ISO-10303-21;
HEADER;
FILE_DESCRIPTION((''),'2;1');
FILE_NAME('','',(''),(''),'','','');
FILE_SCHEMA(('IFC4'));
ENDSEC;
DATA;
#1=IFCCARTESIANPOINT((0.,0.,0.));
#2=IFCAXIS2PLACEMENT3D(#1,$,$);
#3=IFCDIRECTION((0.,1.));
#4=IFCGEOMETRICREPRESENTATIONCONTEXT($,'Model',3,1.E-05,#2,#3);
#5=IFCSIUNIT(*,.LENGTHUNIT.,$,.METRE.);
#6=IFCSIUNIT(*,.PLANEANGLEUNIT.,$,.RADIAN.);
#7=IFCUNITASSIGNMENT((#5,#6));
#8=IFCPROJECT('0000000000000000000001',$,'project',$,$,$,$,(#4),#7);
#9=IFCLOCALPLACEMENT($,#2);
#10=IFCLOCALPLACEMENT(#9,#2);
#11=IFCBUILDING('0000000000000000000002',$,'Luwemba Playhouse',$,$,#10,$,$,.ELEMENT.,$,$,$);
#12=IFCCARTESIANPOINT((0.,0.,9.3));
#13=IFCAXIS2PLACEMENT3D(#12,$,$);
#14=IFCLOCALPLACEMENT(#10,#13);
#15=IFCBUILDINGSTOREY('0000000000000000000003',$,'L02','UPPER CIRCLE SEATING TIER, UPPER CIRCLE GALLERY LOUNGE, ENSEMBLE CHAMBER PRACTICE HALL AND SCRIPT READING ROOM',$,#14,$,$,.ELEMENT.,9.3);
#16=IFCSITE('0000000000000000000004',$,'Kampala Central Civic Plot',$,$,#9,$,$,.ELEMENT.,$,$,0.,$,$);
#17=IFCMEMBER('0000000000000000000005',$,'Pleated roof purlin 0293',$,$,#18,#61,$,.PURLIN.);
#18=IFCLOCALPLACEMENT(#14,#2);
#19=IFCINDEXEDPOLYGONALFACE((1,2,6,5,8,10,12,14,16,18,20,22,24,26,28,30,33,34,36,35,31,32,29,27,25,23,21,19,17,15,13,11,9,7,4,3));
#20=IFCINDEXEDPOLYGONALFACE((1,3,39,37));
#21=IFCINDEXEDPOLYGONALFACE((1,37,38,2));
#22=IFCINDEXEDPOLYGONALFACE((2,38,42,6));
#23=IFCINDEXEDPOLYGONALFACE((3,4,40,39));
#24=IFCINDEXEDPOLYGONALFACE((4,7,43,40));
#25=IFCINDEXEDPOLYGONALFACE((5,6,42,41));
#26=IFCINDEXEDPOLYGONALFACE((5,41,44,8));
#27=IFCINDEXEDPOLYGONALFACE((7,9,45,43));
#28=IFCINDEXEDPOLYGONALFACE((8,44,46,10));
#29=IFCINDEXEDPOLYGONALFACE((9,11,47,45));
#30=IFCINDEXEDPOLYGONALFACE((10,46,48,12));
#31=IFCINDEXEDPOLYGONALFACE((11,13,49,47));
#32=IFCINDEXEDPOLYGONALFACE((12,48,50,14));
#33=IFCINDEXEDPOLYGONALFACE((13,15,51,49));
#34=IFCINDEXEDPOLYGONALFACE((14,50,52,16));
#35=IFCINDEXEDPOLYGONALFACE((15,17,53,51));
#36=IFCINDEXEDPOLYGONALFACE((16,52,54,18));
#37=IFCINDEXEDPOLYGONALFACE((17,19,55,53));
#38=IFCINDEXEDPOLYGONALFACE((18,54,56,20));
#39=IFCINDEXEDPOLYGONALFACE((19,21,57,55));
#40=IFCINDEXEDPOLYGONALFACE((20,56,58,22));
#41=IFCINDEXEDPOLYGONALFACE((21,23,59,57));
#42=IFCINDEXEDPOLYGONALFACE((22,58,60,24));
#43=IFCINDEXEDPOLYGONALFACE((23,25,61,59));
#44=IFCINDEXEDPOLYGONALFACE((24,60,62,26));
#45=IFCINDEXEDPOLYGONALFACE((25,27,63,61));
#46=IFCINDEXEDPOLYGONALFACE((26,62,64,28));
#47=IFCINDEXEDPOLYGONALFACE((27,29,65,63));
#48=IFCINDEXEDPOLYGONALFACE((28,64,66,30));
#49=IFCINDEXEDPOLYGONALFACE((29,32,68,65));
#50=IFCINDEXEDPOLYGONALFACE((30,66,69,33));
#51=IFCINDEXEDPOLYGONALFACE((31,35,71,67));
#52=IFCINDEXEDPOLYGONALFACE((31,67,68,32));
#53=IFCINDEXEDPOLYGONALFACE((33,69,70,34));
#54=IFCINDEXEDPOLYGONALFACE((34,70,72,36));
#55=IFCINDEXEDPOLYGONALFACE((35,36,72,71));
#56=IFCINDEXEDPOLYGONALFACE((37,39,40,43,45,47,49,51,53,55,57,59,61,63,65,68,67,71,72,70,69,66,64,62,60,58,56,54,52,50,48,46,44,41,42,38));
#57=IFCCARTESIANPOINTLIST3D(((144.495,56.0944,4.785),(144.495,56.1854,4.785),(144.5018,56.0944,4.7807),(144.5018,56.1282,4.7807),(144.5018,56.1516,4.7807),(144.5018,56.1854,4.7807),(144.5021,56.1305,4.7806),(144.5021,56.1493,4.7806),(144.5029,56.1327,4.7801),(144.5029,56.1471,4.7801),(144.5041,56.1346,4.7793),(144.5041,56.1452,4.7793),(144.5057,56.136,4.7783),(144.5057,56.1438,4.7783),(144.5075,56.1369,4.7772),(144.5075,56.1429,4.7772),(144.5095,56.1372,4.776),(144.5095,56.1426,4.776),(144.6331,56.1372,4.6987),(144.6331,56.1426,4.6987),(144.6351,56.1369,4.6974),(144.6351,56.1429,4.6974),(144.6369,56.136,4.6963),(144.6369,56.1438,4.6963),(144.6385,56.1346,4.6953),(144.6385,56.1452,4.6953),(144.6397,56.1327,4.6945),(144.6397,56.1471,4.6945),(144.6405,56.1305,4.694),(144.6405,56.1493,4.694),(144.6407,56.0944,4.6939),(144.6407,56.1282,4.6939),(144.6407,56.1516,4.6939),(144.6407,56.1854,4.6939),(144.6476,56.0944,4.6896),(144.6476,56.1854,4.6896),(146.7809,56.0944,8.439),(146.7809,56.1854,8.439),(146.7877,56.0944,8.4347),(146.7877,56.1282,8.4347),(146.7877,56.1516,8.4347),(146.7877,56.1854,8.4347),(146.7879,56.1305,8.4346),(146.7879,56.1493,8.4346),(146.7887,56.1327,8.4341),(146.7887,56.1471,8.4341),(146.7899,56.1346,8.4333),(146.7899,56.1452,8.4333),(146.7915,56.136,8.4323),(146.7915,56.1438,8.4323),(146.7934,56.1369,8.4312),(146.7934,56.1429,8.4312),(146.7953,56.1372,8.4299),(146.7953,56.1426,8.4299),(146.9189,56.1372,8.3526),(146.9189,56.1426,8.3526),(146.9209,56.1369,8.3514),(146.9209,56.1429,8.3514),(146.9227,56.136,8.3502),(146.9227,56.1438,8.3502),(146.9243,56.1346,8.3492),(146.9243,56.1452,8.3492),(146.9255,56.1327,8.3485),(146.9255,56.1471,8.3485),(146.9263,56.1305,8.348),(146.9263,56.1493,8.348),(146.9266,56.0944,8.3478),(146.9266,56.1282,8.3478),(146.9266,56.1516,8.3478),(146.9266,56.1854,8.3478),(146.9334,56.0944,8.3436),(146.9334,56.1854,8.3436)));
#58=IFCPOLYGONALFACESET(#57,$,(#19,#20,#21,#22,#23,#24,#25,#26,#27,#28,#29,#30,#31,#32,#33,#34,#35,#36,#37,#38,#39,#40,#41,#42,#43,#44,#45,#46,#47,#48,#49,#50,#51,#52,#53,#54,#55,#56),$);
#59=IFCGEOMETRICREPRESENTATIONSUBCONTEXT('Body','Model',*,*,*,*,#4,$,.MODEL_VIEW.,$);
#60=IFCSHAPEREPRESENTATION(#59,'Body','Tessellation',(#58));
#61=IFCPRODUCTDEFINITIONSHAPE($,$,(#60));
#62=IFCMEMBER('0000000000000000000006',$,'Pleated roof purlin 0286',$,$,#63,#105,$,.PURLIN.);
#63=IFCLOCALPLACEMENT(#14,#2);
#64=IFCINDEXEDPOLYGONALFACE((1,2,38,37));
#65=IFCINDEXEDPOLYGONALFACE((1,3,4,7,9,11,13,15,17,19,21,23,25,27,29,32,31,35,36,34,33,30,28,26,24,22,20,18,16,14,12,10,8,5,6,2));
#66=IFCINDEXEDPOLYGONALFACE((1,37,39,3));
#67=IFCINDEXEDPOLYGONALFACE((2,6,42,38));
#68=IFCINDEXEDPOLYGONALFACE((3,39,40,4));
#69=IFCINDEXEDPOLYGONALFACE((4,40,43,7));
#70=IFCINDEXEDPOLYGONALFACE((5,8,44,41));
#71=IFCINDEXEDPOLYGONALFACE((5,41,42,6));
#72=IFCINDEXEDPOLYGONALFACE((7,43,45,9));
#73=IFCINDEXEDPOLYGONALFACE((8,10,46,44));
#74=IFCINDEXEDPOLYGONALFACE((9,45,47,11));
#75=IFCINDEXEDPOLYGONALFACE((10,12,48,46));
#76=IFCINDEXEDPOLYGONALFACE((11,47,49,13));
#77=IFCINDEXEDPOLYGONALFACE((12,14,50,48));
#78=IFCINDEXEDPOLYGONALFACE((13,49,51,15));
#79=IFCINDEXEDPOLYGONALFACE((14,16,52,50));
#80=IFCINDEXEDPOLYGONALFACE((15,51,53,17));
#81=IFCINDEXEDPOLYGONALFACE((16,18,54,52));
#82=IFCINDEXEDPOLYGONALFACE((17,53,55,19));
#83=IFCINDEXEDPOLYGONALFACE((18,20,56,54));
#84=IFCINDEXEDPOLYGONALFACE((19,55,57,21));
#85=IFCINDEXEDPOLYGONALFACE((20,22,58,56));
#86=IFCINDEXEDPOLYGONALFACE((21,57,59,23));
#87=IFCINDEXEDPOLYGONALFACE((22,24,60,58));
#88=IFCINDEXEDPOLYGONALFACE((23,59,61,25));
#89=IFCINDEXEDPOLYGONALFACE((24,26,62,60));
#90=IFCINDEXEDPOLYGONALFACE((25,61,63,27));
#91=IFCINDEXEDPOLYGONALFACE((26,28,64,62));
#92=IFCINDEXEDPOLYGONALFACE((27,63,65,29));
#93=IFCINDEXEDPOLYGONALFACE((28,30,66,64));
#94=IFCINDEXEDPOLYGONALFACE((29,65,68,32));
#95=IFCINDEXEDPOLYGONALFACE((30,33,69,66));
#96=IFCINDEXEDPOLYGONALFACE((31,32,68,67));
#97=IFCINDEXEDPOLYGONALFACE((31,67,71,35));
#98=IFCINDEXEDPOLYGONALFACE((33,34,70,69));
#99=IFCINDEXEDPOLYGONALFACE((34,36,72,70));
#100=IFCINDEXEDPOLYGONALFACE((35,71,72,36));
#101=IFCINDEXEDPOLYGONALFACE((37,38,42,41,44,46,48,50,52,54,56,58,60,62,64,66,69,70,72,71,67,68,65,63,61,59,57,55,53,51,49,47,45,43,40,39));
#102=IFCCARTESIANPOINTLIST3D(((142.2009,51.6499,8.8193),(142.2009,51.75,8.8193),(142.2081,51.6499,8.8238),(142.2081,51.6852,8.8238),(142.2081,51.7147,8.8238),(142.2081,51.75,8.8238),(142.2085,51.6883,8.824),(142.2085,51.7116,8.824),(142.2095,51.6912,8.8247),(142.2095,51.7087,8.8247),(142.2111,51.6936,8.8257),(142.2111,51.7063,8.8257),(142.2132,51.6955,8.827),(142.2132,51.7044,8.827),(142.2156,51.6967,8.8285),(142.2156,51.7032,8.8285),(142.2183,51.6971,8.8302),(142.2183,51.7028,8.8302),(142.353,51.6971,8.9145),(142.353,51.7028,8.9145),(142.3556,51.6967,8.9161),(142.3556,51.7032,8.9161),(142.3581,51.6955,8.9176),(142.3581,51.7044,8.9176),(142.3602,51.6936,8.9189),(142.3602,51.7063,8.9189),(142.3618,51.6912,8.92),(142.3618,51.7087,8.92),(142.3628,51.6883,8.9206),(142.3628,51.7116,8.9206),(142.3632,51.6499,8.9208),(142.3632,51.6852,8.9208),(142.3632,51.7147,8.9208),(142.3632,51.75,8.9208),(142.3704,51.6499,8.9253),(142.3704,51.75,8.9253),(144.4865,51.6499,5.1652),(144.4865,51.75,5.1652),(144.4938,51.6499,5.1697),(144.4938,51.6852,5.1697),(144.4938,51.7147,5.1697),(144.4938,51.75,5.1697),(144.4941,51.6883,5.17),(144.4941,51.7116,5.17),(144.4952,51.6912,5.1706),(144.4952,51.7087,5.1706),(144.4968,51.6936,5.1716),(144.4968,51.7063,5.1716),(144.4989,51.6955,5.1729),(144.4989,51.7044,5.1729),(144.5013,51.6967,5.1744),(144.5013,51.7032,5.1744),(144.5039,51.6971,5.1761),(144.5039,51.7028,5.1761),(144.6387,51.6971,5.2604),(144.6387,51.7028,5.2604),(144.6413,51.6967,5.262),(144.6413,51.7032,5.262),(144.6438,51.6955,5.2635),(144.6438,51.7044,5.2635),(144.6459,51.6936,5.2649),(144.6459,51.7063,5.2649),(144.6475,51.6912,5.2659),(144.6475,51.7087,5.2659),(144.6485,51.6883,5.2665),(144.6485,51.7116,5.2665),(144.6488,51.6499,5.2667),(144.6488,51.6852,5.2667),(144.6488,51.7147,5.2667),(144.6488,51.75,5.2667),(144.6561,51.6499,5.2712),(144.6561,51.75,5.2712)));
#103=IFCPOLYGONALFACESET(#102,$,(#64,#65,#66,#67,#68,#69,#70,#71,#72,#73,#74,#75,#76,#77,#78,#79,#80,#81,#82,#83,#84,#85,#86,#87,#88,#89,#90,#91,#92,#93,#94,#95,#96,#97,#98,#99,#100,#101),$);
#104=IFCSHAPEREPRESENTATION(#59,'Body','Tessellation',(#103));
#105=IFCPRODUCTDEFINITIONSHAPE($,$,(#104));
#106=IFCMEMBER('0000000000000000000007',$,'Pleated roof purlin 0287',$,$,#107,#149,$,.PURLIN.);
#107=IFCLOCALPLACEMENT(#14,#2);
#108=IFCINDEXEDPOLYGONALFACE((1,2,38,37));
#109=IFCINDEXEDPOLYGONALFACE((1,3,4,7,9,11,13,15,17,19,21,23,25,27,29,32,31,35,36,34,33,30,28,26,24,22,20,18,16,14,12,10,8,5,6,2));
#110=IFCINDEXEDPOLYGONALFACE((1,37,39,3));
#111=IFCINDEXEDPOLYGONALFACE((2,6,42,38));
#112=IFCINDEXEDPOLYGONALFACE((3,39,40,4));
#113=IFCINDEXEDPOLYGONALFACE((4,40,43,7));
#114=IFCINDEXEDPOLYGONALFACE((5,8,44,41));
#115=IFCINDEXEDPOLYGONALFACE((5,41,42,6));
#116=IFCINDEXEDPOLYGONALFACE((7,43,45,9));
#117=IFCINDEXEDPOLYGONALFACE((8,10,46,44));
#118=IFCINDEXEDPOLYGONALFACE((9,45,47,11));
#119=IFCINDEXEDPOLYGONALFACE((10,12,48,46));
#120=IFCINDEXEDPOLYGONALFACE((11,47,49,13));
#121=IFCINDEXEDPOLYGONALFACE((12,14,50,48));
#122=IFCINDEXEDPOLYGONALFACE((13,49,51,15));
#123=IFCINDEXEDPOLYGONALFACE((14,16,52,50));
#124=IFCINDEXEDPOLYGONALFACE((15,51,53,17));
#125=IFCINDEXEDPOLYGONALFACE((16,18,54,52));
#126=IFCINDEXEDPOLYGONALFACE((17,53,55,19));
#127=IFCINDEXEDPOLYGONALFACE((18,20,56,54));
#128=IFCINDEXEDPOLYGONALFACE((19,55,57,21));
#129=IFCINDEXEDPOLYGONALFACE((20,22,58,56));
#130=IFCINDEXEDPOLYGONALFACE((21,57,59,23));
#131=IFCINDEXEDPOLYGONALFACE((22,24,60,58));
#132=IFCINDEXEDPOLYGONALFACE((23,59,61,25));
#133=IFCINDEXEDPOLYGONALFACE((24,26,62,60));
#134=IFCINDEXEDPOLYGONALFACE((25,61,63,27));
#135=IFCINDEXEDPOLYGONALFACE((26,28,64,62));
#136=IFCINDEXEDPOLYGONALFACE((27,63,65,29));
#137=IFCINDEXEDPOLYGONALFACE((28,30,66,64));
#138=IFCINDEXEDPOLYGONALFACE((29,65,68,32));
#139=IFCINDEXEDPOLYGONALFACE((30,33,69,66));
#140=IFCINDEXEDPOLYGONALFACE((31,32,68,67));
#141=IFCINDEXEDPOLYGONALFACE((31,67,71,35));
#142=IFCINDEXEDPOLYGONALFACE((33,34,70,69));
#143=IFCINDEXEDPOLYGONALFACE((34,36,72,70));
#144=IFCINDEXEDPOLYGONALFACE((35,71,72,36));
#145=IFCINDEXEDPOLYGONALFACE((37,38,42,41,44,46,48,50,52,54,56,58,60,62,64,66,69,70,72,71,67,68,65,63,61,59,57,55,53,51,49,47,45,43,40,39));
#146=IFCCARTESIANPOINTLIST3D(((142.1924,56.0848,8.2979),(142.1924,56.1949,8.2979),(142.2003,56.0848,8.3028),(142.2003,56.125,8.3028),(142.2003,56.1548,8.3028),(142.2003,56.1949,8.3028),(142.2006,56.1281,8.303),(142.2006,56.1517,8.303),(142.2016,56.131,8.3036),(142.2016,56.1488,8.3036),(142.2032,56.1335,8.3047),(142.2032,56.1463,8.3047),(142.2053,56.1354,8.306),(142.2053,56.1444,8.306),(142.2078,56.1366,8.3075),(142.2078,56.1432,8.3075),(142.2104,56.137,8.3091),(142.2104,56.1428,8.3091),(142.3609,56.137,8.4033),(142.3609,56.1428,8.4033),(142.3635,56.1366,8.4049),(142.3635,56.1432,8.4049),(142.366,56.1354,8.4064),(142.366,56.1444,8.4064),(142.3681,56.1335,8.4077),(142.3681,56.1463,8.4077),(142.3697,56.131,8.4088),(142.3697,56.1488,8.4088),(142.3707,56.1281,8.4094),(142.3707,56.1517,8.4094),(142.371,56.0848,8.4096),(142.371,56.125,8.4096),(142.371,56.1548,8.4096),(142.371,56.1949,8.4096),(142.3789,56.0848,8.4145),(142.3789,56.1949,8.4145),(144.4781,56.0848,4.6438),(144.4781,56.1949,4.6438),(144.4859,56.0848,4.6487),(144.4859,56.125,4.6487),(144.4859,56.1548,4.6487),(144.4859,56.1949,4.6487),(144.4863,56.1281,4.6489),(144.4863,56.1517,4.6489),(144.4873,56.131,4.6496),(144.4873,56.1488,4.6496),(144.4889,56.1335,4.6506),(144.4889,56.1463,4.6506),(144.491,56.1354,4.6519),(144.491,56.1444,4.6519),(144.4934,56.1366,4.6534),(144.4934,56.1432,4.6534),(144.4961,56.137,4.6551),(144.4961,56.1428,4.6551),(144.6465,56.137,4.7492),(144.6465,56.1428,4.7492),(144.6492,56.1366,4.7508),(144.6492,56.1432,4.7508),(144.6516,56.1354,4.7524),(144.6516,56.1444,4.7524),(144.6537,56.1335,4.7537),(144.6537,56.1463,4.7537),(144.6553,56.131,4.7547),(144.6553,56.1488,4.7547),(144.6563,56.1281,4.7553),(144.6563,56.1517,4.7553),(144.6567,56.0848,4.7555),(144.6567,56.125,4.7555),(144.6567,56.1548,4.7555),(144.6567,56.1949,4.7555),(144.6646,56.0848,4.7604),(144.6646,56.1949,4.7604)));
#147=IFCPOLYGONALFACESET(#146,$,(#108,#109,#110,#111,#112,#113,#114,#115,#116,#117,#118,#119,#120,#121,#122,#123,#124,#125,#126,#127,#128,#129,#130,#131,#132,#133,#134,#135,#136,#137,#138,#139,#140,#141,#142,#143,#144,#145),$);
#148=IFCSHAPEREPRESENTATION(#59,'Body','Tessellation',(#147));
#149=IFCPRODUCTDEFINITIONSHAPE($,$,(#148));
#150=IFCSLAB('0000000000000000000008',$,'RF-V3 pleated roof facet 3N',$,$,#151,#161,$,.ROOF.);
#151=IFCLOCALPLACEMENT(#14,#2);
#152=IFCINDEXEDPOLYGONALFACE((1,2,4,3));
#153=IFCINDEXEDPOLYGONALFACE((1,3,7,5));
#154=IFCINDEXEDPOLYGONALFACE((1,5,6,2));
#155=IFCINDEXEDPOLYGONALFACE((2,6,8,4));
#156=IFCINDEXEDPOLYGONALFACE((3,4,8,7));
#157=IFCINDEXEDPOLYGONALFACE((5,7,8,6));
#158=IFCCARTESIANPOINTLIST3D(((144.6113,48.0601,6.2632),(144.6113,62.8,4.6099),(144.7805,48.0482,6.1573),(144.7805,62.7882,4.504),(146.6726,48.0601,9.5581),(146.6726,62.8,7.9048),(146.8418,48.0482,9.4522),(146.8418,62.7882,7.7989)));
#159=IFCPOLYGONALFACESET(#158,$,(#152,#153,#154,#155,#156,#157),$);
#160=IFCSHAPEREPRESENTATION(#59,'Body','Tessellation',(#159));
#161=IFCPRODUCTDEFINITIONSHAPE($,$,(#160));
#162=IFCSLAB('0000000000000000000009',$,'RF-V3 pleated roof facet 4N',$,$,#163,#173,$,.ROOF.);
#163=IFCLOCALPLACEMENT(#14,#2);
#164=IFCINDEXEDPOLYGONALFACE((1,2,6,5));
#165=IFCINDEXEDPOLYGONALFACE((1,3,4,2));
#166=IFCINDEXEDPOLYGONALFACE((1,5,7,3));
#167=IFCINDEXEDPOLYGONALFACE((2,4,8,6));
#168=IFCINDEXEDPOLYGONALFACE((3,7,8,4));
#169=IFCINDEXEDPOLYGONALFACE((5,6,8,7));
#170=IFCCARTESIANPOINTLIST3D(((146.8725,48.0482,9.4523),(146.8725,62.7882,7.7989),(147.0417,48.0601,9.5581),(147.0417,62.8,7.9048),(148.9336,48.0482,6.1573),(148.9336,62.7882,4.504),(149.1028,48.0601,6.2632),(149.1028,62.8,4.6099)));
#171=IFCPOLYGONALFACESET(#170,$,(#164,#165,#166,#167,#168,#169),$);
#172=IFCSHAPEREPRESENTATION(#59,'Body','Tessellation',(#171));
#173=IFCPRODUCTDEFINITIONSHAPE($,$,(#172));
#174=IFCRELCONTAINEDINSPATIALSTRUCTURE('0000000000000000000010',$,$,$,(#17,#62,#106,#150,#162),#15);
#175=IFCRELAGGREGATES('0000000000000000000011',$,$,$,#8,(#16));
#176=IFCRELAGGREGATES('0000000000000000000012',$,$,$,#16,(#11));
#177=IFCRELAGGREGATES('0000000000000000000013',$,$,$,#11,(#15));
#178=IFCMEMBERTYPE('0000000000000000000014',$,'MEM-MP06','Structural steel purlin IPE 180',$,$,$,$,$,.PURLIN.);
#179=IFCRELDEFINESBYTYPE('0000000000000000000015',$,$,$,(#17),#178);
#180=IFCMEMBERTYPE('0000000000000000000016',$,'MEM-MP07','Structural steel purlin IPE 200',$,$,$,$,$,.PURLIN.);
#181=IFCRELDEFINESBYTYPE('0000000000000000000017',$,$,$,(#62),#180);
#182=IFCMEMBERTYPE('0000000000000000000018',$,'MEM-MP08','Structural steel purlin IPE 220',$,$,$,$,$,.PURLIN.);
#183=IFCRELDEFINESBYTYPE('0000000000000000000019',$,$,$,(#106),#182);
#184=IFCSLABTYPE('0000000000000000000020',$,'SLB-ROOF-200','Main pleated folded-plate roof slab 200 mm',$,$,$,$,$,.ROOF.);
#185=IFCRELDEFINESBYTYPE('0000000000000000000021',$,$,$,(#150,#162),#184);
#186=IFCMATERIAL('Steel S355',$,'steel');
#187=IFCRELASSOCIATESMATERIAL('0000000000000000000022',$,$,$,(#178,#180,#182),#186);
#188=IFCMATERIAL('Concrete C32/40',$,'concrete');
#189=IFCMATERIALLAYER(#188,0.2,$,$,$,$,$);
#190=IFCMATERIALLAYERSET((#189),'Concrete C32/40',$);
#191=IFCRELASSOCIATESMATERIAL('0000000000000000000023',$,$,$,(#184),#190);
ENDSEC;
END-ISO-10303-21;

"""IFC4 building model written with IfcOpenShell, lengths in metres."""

from ifc_helpers import new_model, si_unit, direction, frame, origin, origin_2d, place, context, subcontext, project, spatial, polyline, i_section, outline, extrude, material, layer, layer_set, material_profile, profile_set, type_object, element, save


model = new_model("IFC4")

# Units and contexts
model_context = context("Model", 3, precision=1e-05, world=origin(), true_north=direction((0.0, 1.0)))
body_context = subcontext(model_context, "Body", "Model", "MODEL_VIEW")
ifc_project = project(units=[si_unit("LENGTHUNIT", "METRE"), si_unit("PLANEANGLEUNIT", "RADIAN")], contexts=[model_context])

# Site, building, storey
site_placement = place(None, origin())
site = spatial("IfcSite", under=ifc_project, at=site_placement, Name="Kampala Central Civic Plot", CompositionType="ELEMENT", RefElevation=0.0)
building_placement = place(site_placement, origin())
building = spatial("IfcBuilding", under=site, at=building_placement, Name="Luwemba Playhouse", CompositionType="ELEMENT")
storey_placement = place(building_placement, frame((0.0, 0.0, 9.3)))
storey = spatial("IfcBuildingStorey", under=building, at=storey_placement, Name="L02", Description="UPPER CIRCLE SEATING TIER, UPPER CIRCLE GALLERY LOUNGE, ENSEMBLE CHAMBER PRACTICE HALL AND SCRIPT READING ROOM", CompositionType="ELEMENT", Elevation=9.3)

# Shared definitions
ifc_material_1 = material(Name="Steel S355", Category="steel")

# Members
ifc_material_profile_1 = material_profile(ifc_material_1, i_section(OverallWidth=0.0911, OverallDepth=0.1799, WebThickness=0.0054, FlangeThickness=0.0081, FilletRadius=0.009, at=origin_2d()))
ifc_profile_set_1 = profile_set([ifc_material_profile_1], Name="Steel S355")
member_type_1 = type_object("IfcMemberType", Name="MEM-MP06", Description="Structural steel purlin IPE 180", PredefinedType="PURLIN", material=ifc_profile_set_1)
member_1_placement = place(storey_placement, frame((144.5713, 56.1399, 4.7373), z_axis=(0.53035, 0.0, 0.847779), x_axis=(0.0, 1.0, 0.0)))
element("IfcMember", 1, at=member_1_placement, inside=storey, type_object=member_type_1, Name="Pleated roof purlin 0293", PredefinedType="PURLIN", context=body_context, shape_type="SweptSolid", body=[
    extrude(i_section(OverallWidth=0.0911, OverallDepth=0.1799, WebThickness=0.0054, FlangeThickness=0.0081, FilletRadius=0.009, at=origin_2d()), origin(), (0.0, 0.0, 1.0), 4.3101),
])
ifc_material_profile_2 = material_profile(ifc_material_1, i_section(OverallWidth=0.1001, OverallDepth=0.2, WebThickness=0.0056, FlangeThickness=0.0085, FilletRadius=0.012, at=origin_2d()))
ifc_profile_set_2 = profile_set([ifc_material_profile_2], Name="Steel S355")
member_type_2 = type_object("IfcMemberType", Name="MEM-MP07", Description="Structural steel purlin IPE 200", PredefinedType="PURLIN", material=ifc_profile_set_2)
member_2_placement = place(storey_placement, frame((142.2856, 51.7, 8.8723), z_axis=(0.530309, 0.0, -0.847804), x_axis=(0.0, 1.0, 0.0)))
element("IfcMember", 2, at=member_2_placement, inside=storey, type_object=member_type_2, Name="Pleated roof purlin 0286", PredefinedType="PURLIN", context=body_context, shape_type="SweptSolid", body=[
    extrude(i_section(OverallWidth=0.1001, OverallDepth=0.2, WebThickness=0.0056, FlangeThickness=0.0085, FilletRadius=0.012, at=origin_2d()), origin(), (0.0, 0.0, 1.0), 4.3101),
])
ifc_material_profile_3 = material_profile(ifc_material_1, i_section(OverallWidth=0.1101, OverallDepth=0.22, WebThickness=0.0059, FlangeThickness=0.0093, FilletRadius=0.012, at=origin_2d()))
ifc_profile_set_3 = profile_set([ifc_material_profile_3], Name="Steel S355")
member_type_3 = type_object("IfcMemberType", Name="MEM-MP08", Description="Structural steel purlin IPE 220", PredefinedType="PURLIN", material=ifc_profile_set_3)
member_3_placement = place(storey_placement, frame((142.2856, 56.1399, 8.3562), z_axis=(0.530309, 0.0, -0.847804), x_axis=(0.0, 1.0, 0.0)))
element("IfcMember", 3, at=member_3_placement, inside=storey, type_object=member_type_3, Name="Pleated roof purlin 0287", PredefinedType="PURLIN", context=body_context, shape_type="SweptSolid", body=[
    extrude(i_section(OverallWidth=0.1101, OverallDepth=0.22, WebThickness=0.0059, FlangeThickness=0.0093, FilletRadius=0.012, at=origin_2d()), origin(), (0.0, 0.0, 1.0), 4.3101),
])

# Slabs
ifc_material_2 = material(Name="Concrete C32/40", Category="concrete")
ifc_layer_1 = layer(ifc_material_2, 0.2)
ifc_layer_set_1 = layer_set([ifc_layer_1], Name="Concrete C32/40")
slab_type = type_object("IfcSlabType", Name="SLB-ROOF-200", Description="Main pleated folded-plate roof slab 200 mm", PredefinedType="ROOF", material=ifc_layer_set_1)
slab_1_placement = place(storey_placement, frame((144.6113, 48.0601, 6.2632), z_axis=(-0.846276, 0.059383, 0.529424), x_axis=(0.53036, 0.0, 0.847772)))
element("IfcSlab", 4, at=slab_1_placement, inside=storey, type_object=slab_type, Name="RF-V3 pleated roof facet 3N", PredefinedType="ROOF", context=body_context, shape_type="SweptSolid", body=[
    extrude(outline(polyline([(0.0, 0.0), (3.8866, 0.0), (2.4849, 14.766), (-1.4016, 14.766), (0.0, 0.0)])), origin(), (0.0, 0.0, -1.0), 0.2),
])
slab_2_placement = place(storey_placement, frame((147.0417, 48.0601, 9.5581), z_axis=(0.846305, 0.059378, 0.529379), x_axis=(0.530315, 0.0, -0.847801)))
element("IfcSlab", 5, at=slab_2_placement, inside=storey, type_object=slab_type, Name="RF-V3 pleated roof facet 4N", PredefinedType="ROOF", context=body_context, shape_type="SweptSolid", body=[
    extrude(outline(polyline([(0.0, 0.0), (3.8864, 0.0), (5.2881, 14.766), (1.4017, 14.766), (0.0, 0.0)])), origin(), (0.0, 0.0, -1.0), 0.2),
])

save(model, "model.ifc")
